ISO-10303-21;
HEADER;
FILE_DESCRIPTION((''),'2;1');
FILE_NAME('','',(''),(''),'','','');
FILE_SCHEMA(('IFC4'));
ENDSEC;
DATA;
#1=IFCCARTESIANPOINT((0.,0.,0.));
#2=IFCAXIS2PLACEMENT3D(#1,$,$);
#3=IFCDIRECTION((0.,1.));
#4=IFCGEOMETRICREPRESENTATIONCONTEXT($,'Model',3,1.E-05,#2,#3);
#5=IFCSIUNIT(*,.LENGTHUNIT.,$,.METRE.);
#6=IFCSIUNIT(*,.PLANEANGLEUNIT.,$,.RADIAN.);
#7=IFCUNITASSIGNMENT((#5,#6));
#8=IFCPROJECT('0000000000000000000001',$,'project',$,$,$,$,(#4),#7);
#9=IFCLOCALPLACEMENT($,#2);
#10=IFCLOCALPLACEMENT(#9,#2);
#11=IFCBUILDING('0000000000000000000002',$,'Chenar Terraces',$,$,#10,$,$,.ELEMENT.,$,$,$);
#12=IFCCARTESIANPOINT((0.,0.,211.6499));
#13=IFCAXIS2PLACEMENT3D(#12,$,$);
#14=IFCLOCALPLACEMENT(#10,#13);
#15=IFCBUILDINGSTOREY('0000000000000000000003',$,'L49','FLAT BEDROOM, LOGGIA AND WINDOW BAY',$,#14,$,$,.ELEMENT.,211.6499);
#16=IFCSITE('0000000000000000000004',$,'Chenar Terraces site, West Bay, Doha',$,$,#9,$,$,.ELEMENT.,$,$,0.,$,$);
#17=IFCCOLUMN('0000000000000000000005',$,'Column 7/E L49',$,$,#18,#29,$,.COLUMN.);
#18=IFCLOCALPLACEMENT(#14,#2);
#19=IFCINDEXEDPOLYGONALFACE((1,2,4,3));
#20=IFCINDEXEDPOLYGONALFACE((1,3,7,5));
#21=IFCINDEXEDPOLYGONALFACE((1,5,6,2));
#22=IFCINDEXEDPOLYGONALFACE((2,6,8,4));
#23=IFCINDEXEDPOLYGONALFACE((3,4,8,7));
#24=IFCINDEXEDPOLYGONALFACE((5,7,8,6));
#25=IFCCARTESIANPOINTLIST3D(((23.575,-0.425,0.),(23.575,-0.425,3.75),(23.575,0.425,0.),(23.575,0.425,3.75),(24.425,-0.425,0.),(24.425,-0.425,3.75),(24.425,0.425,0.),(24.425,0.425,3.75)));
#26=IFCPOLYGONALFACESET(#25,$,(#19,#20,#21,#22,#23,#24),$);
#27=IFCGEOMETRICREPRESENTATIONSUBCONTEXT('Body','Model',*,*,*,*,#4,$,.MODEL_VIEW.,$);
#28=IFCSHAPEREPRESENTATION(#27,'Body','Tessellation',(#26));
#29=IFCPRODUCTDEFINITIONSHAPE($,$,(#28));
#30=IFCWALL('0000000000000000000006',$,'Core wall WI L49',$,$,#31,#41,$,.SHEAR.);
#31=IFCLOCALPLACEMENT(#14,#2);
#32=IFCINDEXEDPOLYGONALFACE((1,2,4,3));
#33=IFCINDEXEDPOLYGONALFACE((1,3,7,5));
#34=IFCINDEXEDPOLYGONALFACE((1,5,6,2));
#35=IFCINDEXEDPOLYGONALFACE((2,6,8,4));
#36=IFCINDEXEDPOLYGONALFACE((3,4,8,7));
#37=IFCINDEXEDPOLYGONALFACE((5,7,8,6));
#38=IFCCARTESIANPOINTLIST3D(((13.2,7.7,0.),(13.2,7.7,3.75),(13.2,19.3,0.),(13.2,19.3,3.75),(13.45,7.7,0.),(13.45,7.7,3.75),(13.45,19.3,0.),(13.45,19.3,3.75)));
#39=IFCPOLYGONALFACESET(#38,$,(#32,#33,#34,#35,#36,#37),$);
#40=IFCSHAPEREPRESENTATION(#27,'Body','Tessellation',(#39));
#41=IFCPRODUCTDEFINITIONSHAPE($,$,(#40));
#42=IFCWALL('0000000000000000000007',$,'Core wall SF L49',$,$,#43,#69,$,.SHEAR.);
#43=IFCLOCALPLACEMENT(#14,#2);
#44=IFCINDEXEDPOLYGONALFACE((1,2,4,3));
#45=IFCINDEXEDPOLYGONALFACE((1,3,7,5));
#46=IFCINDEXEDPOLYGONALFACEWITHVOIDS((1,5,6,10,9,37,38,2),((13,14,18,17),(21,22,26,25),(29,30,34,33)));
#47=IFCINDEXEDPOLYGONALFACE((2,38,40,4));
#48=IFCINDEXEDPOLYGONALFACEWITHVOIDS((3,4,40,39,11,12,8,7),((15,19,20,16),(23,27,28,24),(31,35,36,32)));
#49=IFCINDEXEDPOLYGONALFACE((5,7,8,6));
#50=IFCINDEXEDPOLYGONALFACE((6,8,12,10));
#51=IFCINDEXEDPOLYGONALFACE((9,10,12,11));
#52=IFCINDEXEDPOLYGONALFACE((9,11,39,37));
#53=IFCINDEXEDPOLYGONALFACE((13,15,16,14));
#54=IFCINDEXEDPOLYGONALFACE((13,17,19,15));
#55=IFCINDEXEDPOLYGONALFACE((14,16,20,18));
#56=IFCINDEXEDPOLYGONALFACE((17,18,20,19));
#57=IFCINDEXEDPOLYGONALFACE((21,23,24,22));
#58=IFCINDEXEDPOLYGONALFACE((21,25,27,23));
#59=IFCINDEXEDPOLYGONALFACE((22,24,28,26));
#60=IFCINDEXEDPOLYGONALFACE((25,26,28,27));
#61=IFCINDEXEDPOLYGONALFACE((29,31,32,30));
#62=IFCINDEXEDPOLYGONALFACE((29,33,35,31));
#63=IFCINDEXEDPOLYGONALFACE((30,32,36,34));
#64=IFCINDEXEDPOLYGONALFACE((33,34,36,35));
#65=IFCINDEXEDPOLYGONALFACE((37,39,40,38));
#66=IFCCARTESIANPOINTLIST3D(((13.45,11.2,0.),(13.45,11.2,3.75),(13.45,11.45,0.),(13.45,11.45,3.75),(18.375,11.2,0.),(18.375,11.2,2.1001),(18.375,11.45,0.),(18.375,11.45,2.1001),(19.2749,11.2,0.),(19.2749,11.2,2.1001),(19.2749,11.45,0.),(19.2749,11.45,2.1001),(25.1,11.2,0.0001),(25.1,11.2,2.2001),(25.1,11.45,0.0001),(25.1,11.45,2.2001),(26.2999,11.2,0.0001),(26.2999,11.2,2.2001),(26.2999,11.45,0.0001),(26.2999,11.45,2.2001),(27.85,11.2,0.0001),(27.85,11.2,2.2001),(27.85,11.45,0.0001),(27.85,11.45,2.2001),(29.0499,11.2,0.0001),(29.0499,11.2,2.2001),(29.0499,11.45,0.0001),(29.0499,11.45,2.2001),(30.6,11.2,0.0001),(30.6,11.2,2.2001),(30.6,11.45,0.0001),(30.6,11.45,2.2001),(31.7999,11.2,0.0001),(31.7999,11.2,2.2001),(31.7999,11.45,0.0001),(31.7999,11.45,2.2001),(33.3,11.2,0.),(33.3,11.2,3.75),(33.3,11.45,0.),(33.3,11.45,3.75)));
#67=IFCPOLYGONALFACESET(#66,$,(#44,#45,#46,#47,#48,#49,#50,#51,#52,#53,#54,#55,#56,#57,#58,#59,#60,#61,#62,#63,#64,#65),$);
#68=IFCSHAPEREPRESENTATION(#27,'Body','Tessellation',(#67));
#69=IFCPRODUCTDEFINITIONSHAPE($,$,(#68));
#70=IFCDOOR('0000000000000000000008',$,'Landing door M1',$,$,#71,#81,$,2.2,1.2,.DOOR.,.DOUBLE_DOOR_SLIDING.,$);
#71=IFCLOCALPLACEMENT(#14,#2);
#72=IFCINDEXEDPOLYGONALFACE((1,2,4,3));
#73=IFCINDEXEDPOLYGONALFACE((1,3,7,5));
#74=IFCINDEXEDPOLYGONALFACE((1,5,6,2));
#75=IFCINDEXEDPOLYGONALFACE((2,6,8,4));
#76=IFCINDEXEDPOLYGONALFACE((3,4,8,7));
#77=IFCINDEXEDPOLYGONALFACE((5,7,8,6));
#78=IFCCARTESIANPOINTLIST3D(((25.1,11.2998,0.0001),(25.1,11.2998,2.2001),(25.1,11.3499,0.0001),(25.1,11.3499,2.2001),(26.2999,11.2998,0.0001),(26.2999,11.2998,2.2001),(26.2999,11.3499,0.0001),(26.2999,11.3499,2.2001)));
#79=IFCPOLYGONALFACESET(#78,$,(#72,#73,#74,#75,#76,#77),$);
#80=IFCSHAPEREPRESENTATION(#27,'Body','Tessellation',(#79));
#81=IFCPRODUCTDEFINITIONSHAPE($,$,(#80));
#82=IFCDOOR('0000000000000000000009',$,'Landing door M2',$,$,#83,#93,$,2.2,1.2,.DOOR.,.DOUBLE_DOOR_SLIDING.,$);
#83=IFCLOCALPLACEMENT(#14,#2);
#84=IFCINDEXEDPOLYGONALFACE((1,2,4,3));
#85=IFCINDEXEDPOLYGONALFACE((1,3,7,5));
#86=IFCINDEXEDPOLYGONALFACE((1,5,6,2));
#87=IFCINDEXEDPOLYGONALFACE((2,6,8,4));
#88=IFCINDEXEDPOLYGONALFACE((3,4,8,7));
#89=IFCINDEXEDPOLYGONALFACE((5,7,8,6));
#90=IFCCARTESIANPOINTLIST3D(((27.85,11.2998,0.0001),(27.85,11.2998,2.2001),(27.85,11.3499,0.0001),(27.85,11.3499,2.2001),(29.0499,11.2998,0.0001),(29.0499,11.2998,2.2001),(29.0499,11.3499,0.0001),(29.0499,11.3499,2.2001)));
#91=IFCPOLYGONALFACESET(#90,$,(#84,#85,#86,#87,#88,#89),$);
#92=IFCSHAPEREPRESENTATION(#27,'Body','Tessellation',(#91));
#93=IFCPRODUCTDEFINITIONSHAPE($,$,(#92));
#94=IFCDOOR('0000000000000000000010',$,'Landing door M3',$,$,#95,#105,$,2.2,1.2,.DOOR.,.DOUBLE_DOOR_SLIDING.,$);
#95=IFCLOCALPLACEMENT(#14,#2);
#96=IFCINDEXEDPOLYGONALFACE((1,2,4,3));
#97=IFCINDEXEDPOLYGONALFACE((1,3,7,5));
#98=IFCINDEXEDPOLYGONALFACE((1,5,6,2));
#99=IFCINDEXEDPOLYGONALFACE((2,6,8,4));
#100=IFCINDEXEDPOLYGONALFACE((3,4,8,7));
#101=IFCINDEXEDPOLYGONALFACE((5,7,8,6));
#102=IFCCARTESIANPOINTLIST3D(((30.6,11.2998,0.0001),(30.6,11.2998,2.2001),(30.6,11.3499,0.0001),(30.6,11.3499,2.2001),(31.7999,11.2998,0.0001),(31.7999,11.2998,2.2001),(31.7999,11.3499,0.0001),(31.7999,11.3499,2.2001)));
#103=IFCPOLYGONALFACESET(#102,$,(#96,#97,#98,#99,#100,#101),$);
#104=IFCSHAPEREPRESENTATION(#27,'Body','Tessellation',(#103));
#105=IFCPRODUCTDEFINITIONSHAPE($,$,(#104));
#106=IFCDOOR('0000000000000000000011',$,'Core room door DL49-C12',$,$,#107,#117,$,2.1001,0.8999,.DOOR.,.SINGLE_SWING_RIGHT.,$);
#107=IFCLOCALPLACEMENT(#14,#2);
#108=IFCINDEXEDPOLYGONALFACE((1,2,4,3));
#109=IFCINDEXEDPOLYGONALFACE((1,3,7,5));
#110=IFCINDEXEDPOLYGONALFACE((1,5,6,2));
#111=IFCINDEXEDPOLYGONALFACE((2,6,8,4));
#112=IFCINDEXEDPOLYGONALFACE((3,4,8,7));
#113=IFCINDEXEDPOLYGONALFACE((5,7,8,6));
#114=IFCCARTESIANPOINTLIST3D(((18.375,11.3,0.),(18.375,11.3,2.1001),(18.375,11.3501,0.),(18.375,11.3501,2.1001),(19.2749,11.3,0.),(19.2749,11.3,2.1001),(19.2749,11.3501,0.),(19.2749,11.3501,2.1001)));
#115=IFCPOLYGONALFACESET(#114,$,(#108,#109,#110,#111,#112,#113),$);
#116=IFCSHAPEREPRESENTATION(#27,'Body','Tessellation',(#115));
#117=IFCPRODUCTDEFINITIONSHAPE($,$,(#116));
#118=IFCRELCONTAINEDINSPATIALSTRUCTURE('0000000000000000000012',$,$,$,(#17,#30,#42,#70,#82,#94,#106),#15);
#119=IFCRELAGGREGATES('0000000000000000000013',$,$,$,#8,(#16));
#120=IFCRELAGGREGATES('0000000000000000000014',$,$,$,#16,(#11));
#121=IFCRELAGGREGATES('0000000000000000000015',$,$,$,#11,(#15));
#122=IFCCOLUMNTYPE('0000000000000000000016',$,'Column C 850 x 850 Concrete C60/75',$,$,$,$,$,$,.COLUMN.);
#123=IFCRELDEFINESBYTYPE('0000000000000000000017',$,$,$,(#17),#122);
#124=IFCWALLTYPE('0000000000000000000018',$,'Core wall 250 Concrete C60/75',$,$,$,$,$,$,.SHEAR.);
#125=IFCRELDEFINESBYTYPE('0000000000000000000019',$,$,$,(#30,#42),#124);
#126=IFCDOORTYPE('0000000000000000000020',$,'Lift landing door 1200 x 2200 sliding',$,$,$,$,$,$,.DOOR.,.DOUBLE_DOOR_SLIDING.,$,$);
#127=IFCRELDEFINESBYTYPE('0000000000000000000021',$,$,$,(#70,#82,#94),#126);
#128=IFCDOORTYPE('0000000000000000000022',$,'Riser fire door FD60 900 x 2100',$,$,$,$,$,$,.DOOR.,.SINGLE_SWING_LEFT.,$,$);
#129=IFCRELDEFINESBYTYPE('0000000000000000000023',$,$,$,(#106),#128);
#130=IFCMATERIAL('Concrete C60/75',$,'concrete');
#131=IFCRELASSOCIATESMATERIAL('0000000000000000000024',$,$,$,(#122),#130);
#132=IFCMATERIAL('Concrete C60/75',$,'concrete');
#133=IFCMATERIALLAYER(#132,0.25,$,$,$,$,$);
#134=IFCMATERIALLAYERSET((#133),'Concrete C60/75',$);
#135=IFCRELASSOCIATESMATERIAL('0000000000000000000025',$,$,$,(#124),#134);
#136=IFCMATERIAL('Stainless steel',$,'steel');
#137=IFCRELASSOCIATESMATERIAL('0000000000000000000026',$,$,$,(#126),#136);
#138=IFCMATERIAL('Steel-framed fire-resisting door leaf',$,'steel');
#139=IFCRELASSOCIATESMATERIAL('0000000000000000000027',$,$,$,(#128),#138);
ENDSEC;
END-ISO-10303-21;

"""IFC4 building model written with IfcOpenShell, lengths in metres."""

from ifc_helpers import new_model, si_unit, direction, frame, frame_2d, origin, origin_2d, place, context, subcontext, project, spatial, rectangle, extrude, material, layer, layer_set, material_profile, profile_set, type_object, element, fill, save


model = new_model("IFC4")

# Units and contexts
model_context = context("Model", 3, precision=1e-05, world=origin(), true_north=direction((0.0, 1.0)))
body_context = subcontext(model_context, "Body", "Model", "MODEL_VIEW")
ifc_project = project(units=[si_unit("LENGTHUNIT", "METRE"), si_unit("PLANEANGLEUNIT", "RADIAN")], contexts=[model_context])

# Site, building, storey
site_placement = place(None, origin())
site = spatial("IfcSite", under=ifc_project, at=site_placement, Name="Chenar Terraces site, West Bay, Doha", CompositionType="ELEMENT", RefElevation=0.0)
building_placement = place(site_placement, origin())
building = spatial("IfcBuilding", under=site, at=building_placement, Name="Chenar Terraces", CompositionType="ELEMENT")
storey_placement = place(building_placement, frame((0.0, 0.0, 211.6499)))
storey = spatial("IfcBuildingStorey", under=building, at=storey_placement, Name="L49", Description="FLAT BEDROOM, LOGGIA AND WINDOW BAY", CompositionType="ELEMENT", Elevation=211.6499)

# Column
ifc_material_1 = material(Name="Concrete C60/75", Category="concrete")
ifc_material_profile_1 = material_profile(ifc_material_1, rectangle(XDim=0.8501, YDim=0.8501, at=origin_2d()), Name="C 850 x 850")
ifc_profile_set_1 = profile_set([ifc_material_profile_1], Name="Concrete C60/75")
column_type = type_object("IfcColumnType", Name="Column C 850 x 850 Concrete C60/75", PredefinedType="COLUMN", material=ifc_profile_set_1)
column_placement = place(storey_placement, frame((24.0, 0.0, 0.0), z_axis=(0.0, 0.0, 1.0), x_axis=(1.0, 0.0, 0.0)))
element("IfcColumn", 1, at=column_placement, inside=storey, type_object=column_type, Name="Column 7/E L49", PredefinedType="COLUMN", context=body_context, shape_type="SweptSolid", body=[
    extrude(rectangle(XDim=0.8501, YDim=0.8501, at=origin_2d()), origin(), (0.0, 0.0, 1.0), 3.75),
])

# Wall
ifc_material_2 = material(Name="Concrete C60/75", Category="concrete")
ifc_layer_1 = layer(ifc_material_2, 0.25)
ifc_layer_set_1 = layer_set([ifc_layer_1], Name="Concrete C60/75")
wall_type_1 = type_object("IfcWallType", Name="Core wall 250 Concrete C60/75", PredefinedType="SHEAR", material=ifc_layer_set_1)
wall_1_placement = place(storey_placement, frame((13.325, 7.7, 0.0), z_axis=(0.0, 0.0, 1.0), x_axis=(0.0, 1.0, 0.0)))
element("IfcWall", 2, at=wall_1_placement, inside=storey, type_object=wall_type_1, Name="Core wall WI L49", PredefinedType="SHEAR", context=body_context, shape_type="SweptSolid", body=[
    extrude(rectangle(XDim=11.6001, YDim=0.25, at=frame_2d((5.8, 0.0))), origin(), (0.0, 0.0, 1.0), 3.75),
])

# Wall, openings, doors
wall_2_placement = place(storey_placement, frame((13.45, 11.325, 0.0), z_axis=(0.0, 0.0, 1.0), x_axis=(1.0, 0.0, 0.0)))
wall_2 = element("IfcWall", 3, at=wall_2_placement, inside=storey, type_object=wall_type_1, Name="Core wall SF L49", PredefinedType="SHEAR", context=body_context, shape_type="SweptSolid", body=[
    extrude(rectangle(XDim=19.8501, YDim=0.25, at=frame_2d((9.925, 0.0))), origin(), (0.0, 0.0, 1.0), 3.75),
])
opening_1_placement = place(wall_2_placement, frame((11.6499, 0.0, 0.0)))
opening_1 = element("IfcOpeningElement", 4, at=opening_1_placement, cuts=wall_2, PredefinedType="OPENING", context=body_context, shape_type="SweptSolid", body=[
    extrude(rectangle(XDim=1.2, YDim=2.2, at=frame_2d((0.6001, 1.1001))), frame((0.0, 0.135, 0.0), z_axis=(0.0, -1.0, 0.0), x_axis=(1.0, 0.0, 0.0)), (0.0, 0.0, 1.0), 0.27),
])
opening_2_placement = place(wall_2_placement, frame((14.3999, 0.0, 0.0)))
opening_2 = element("IfcOpeningElement", 5, at=opening_2_placement, cuts=wall_2, PredefinedType="OPENING", context=body_context, shape_type="SweptSolid", body=[
    extrude(rectangle(XDim=1.2, YDim=2.2, at=frame_2d((0.6001, 1.1001))), frame((0.0, 0.135, 0.0), z_axis=(0.0, -1.0, 0.0), x_axis=(1.0, 0.0, 0.0)), (0.0, 0.0, 1.0), 0.27),
])
opening_3_placement = place(wall_2_placement, frame((17.1499, 0.0, 0.0)))
opening_3 = element("IfcOpeningElement", 6, at=opening_3_placement, cuts=wall_2, PredefinedType="OPENING", context=body_context, shape_type="SweptSolid", body=[
    extrude(rectangle(XDim=1.2, YDim=2.2, at=frame_2d((0.6001, 1.1001))), frame((0.0, 0.135, 0.0), z_axis=(0.0, -1.0, 0.0), x_axis=(1.0, 0.0, 0.0)), (0.0, 0.0, 1.0), 0.27),
])
opening_4_placement = place(wall_2_placement, frame((4.925, 0.0, 0.0)))
opening_4 = element("IfcOpeningElement", 7, at=opening_4_placement, cuts=wall_2, PredefinedType="OPENING", context=body_context, shape_type="SweptSolid", body=[
    extrude(rectangle(XDim=0.8999, YDim=2.1001, at=frame_2d((0.45, 1.05))), frame((0.0, 0.135, 0.0), z_axis=(0.0, -1.0, 0.0), x_axis=(1.0, 0.0, 0.0)), (0.0, 0.0, 1.0), 0.27),
])
ifc_material_3 = material(Name="Stainless steel", Category="steel")
door_type_1 = type_object("IfcDoorType", Name="Lift landing door 1200 x 2200 sliding", OperationType="DOUBLE_DOOR_SLIDING", PredefinedType="DOOR", material=ifc_material_3)
door_1_placement = place(opening_1_placement, origin())
door_1 = element("IfcDoor", 8, at=door_1_placement, inside=storey, type_object=door_type_1, Name="Landing door M1", OperationType="DOUBLE_DOOR_SLIDING", OverallHeight=2.2, OverallWidth=1.2, PredefinedType="DOOR", context=body_context, shape_type="SweptSolid", body=[
    extrude(rectangle(XDim=1.2, YDim=2.2, at=frame_2d((0.6001, 1.1001))), frame((0.0, 0.0249, 0.0), z_axis=(0.0, -1.0, 0.0), x_axis=(1.0, 0.0, 0.0)), (0.0, 0.0, 1.0), 0.05),
])
fill(opening_1, door_1)
door_2_placement = place(opening_2_placement, origin())
door_2 = element("IfcDoor", 9, at=door_2_placement, inside=storey, type_object=door_type_1, Name="Landing door M2", OperationType="DOUBLE_DOOR_SLIDING", OverallHeight=2.2, OverallWidth=1.2, PredefinedType="DOOR", context=body_context, shape_type="SweptSolid", body=[
    extrude(rectangle(XDim=1.2, YDim=2.2, at=frame_2d((0.6001, 1.1001))), frame((0.0, 0.0249, 0.0), z_axis=(0.0, -1.0, 0.0), x_axis=(1.0, 0.0, 0.0)), (0.0, 0.0, 1.0), 0.05),
])
fill(opening_2, door_2)
door_3_placement = place(opening_3_placement, origin())
door_3 = element("IfcDoor", 10, at=door_3_placement, inside=storey, type_object=door_type_1, Name="Landing door M3", OperationType="DOUBLE_DOOR_SLIDING", OverallHeight=2.2, OverallWidth=1.2, PredefinedType="DOOR", context=body_context, shape_type="SweptSolid", body=[
    extrude(rectangle(XDim=1.2, YDim=2.2, at=frame_2d((0.6001, 1.1001))), frame((0.0, 0.0249, 0.0), z_axis=(0.0, -1.0, 0.0), x_axis=(1.0, 0.0, 0.0)), (0.0, 0.0, 1.0), 0.05),
])
fill(opening_3, door_3)
ifc_material_4 = material(Name="Steel-framed fire-resisting door leaf", Category="steel")
door_type_2 = type_object("IfcDoorType", Name="Riser fire door FD60 900 x 2100", OperationType="SINGLE_SWING_LEFT", PredefinedType="DOOR", material=ifc_material_4)
door_4_placement = place(opening_4_placement, frame((0.8999, 0.0, 0.0), z_axis=(0.0, 0.0, 1.0), x_axis=(-1.0, 0.0, 0.0)))
door_4 = element("IfcDoor", 11, at=door_4_placement, inside=storey, type_object=door_type_2, Name="Core room door DL49-C12", OperationType="SINGLE_SWING_RIGHT", OverallHeight=2.1001, OverallWidth=0.8999, PredefinedType="DOOR", context=body_context, shape_type="SweptSolid", body=[
    extrude(rectangle(XDim=0.8999, YDim=2.1001, at=frame_2d((0.45, 1.05))), frame((0.0, 0.0249, 0.0), z_axis=(0.0, -1.0, 0.0), x_axis=(1.0, 0.0, 0.0)), (0.0, 0.0, 1.0), 0.05),
])
fill(opening_4, door_4)

save(model, "model.ifc")
